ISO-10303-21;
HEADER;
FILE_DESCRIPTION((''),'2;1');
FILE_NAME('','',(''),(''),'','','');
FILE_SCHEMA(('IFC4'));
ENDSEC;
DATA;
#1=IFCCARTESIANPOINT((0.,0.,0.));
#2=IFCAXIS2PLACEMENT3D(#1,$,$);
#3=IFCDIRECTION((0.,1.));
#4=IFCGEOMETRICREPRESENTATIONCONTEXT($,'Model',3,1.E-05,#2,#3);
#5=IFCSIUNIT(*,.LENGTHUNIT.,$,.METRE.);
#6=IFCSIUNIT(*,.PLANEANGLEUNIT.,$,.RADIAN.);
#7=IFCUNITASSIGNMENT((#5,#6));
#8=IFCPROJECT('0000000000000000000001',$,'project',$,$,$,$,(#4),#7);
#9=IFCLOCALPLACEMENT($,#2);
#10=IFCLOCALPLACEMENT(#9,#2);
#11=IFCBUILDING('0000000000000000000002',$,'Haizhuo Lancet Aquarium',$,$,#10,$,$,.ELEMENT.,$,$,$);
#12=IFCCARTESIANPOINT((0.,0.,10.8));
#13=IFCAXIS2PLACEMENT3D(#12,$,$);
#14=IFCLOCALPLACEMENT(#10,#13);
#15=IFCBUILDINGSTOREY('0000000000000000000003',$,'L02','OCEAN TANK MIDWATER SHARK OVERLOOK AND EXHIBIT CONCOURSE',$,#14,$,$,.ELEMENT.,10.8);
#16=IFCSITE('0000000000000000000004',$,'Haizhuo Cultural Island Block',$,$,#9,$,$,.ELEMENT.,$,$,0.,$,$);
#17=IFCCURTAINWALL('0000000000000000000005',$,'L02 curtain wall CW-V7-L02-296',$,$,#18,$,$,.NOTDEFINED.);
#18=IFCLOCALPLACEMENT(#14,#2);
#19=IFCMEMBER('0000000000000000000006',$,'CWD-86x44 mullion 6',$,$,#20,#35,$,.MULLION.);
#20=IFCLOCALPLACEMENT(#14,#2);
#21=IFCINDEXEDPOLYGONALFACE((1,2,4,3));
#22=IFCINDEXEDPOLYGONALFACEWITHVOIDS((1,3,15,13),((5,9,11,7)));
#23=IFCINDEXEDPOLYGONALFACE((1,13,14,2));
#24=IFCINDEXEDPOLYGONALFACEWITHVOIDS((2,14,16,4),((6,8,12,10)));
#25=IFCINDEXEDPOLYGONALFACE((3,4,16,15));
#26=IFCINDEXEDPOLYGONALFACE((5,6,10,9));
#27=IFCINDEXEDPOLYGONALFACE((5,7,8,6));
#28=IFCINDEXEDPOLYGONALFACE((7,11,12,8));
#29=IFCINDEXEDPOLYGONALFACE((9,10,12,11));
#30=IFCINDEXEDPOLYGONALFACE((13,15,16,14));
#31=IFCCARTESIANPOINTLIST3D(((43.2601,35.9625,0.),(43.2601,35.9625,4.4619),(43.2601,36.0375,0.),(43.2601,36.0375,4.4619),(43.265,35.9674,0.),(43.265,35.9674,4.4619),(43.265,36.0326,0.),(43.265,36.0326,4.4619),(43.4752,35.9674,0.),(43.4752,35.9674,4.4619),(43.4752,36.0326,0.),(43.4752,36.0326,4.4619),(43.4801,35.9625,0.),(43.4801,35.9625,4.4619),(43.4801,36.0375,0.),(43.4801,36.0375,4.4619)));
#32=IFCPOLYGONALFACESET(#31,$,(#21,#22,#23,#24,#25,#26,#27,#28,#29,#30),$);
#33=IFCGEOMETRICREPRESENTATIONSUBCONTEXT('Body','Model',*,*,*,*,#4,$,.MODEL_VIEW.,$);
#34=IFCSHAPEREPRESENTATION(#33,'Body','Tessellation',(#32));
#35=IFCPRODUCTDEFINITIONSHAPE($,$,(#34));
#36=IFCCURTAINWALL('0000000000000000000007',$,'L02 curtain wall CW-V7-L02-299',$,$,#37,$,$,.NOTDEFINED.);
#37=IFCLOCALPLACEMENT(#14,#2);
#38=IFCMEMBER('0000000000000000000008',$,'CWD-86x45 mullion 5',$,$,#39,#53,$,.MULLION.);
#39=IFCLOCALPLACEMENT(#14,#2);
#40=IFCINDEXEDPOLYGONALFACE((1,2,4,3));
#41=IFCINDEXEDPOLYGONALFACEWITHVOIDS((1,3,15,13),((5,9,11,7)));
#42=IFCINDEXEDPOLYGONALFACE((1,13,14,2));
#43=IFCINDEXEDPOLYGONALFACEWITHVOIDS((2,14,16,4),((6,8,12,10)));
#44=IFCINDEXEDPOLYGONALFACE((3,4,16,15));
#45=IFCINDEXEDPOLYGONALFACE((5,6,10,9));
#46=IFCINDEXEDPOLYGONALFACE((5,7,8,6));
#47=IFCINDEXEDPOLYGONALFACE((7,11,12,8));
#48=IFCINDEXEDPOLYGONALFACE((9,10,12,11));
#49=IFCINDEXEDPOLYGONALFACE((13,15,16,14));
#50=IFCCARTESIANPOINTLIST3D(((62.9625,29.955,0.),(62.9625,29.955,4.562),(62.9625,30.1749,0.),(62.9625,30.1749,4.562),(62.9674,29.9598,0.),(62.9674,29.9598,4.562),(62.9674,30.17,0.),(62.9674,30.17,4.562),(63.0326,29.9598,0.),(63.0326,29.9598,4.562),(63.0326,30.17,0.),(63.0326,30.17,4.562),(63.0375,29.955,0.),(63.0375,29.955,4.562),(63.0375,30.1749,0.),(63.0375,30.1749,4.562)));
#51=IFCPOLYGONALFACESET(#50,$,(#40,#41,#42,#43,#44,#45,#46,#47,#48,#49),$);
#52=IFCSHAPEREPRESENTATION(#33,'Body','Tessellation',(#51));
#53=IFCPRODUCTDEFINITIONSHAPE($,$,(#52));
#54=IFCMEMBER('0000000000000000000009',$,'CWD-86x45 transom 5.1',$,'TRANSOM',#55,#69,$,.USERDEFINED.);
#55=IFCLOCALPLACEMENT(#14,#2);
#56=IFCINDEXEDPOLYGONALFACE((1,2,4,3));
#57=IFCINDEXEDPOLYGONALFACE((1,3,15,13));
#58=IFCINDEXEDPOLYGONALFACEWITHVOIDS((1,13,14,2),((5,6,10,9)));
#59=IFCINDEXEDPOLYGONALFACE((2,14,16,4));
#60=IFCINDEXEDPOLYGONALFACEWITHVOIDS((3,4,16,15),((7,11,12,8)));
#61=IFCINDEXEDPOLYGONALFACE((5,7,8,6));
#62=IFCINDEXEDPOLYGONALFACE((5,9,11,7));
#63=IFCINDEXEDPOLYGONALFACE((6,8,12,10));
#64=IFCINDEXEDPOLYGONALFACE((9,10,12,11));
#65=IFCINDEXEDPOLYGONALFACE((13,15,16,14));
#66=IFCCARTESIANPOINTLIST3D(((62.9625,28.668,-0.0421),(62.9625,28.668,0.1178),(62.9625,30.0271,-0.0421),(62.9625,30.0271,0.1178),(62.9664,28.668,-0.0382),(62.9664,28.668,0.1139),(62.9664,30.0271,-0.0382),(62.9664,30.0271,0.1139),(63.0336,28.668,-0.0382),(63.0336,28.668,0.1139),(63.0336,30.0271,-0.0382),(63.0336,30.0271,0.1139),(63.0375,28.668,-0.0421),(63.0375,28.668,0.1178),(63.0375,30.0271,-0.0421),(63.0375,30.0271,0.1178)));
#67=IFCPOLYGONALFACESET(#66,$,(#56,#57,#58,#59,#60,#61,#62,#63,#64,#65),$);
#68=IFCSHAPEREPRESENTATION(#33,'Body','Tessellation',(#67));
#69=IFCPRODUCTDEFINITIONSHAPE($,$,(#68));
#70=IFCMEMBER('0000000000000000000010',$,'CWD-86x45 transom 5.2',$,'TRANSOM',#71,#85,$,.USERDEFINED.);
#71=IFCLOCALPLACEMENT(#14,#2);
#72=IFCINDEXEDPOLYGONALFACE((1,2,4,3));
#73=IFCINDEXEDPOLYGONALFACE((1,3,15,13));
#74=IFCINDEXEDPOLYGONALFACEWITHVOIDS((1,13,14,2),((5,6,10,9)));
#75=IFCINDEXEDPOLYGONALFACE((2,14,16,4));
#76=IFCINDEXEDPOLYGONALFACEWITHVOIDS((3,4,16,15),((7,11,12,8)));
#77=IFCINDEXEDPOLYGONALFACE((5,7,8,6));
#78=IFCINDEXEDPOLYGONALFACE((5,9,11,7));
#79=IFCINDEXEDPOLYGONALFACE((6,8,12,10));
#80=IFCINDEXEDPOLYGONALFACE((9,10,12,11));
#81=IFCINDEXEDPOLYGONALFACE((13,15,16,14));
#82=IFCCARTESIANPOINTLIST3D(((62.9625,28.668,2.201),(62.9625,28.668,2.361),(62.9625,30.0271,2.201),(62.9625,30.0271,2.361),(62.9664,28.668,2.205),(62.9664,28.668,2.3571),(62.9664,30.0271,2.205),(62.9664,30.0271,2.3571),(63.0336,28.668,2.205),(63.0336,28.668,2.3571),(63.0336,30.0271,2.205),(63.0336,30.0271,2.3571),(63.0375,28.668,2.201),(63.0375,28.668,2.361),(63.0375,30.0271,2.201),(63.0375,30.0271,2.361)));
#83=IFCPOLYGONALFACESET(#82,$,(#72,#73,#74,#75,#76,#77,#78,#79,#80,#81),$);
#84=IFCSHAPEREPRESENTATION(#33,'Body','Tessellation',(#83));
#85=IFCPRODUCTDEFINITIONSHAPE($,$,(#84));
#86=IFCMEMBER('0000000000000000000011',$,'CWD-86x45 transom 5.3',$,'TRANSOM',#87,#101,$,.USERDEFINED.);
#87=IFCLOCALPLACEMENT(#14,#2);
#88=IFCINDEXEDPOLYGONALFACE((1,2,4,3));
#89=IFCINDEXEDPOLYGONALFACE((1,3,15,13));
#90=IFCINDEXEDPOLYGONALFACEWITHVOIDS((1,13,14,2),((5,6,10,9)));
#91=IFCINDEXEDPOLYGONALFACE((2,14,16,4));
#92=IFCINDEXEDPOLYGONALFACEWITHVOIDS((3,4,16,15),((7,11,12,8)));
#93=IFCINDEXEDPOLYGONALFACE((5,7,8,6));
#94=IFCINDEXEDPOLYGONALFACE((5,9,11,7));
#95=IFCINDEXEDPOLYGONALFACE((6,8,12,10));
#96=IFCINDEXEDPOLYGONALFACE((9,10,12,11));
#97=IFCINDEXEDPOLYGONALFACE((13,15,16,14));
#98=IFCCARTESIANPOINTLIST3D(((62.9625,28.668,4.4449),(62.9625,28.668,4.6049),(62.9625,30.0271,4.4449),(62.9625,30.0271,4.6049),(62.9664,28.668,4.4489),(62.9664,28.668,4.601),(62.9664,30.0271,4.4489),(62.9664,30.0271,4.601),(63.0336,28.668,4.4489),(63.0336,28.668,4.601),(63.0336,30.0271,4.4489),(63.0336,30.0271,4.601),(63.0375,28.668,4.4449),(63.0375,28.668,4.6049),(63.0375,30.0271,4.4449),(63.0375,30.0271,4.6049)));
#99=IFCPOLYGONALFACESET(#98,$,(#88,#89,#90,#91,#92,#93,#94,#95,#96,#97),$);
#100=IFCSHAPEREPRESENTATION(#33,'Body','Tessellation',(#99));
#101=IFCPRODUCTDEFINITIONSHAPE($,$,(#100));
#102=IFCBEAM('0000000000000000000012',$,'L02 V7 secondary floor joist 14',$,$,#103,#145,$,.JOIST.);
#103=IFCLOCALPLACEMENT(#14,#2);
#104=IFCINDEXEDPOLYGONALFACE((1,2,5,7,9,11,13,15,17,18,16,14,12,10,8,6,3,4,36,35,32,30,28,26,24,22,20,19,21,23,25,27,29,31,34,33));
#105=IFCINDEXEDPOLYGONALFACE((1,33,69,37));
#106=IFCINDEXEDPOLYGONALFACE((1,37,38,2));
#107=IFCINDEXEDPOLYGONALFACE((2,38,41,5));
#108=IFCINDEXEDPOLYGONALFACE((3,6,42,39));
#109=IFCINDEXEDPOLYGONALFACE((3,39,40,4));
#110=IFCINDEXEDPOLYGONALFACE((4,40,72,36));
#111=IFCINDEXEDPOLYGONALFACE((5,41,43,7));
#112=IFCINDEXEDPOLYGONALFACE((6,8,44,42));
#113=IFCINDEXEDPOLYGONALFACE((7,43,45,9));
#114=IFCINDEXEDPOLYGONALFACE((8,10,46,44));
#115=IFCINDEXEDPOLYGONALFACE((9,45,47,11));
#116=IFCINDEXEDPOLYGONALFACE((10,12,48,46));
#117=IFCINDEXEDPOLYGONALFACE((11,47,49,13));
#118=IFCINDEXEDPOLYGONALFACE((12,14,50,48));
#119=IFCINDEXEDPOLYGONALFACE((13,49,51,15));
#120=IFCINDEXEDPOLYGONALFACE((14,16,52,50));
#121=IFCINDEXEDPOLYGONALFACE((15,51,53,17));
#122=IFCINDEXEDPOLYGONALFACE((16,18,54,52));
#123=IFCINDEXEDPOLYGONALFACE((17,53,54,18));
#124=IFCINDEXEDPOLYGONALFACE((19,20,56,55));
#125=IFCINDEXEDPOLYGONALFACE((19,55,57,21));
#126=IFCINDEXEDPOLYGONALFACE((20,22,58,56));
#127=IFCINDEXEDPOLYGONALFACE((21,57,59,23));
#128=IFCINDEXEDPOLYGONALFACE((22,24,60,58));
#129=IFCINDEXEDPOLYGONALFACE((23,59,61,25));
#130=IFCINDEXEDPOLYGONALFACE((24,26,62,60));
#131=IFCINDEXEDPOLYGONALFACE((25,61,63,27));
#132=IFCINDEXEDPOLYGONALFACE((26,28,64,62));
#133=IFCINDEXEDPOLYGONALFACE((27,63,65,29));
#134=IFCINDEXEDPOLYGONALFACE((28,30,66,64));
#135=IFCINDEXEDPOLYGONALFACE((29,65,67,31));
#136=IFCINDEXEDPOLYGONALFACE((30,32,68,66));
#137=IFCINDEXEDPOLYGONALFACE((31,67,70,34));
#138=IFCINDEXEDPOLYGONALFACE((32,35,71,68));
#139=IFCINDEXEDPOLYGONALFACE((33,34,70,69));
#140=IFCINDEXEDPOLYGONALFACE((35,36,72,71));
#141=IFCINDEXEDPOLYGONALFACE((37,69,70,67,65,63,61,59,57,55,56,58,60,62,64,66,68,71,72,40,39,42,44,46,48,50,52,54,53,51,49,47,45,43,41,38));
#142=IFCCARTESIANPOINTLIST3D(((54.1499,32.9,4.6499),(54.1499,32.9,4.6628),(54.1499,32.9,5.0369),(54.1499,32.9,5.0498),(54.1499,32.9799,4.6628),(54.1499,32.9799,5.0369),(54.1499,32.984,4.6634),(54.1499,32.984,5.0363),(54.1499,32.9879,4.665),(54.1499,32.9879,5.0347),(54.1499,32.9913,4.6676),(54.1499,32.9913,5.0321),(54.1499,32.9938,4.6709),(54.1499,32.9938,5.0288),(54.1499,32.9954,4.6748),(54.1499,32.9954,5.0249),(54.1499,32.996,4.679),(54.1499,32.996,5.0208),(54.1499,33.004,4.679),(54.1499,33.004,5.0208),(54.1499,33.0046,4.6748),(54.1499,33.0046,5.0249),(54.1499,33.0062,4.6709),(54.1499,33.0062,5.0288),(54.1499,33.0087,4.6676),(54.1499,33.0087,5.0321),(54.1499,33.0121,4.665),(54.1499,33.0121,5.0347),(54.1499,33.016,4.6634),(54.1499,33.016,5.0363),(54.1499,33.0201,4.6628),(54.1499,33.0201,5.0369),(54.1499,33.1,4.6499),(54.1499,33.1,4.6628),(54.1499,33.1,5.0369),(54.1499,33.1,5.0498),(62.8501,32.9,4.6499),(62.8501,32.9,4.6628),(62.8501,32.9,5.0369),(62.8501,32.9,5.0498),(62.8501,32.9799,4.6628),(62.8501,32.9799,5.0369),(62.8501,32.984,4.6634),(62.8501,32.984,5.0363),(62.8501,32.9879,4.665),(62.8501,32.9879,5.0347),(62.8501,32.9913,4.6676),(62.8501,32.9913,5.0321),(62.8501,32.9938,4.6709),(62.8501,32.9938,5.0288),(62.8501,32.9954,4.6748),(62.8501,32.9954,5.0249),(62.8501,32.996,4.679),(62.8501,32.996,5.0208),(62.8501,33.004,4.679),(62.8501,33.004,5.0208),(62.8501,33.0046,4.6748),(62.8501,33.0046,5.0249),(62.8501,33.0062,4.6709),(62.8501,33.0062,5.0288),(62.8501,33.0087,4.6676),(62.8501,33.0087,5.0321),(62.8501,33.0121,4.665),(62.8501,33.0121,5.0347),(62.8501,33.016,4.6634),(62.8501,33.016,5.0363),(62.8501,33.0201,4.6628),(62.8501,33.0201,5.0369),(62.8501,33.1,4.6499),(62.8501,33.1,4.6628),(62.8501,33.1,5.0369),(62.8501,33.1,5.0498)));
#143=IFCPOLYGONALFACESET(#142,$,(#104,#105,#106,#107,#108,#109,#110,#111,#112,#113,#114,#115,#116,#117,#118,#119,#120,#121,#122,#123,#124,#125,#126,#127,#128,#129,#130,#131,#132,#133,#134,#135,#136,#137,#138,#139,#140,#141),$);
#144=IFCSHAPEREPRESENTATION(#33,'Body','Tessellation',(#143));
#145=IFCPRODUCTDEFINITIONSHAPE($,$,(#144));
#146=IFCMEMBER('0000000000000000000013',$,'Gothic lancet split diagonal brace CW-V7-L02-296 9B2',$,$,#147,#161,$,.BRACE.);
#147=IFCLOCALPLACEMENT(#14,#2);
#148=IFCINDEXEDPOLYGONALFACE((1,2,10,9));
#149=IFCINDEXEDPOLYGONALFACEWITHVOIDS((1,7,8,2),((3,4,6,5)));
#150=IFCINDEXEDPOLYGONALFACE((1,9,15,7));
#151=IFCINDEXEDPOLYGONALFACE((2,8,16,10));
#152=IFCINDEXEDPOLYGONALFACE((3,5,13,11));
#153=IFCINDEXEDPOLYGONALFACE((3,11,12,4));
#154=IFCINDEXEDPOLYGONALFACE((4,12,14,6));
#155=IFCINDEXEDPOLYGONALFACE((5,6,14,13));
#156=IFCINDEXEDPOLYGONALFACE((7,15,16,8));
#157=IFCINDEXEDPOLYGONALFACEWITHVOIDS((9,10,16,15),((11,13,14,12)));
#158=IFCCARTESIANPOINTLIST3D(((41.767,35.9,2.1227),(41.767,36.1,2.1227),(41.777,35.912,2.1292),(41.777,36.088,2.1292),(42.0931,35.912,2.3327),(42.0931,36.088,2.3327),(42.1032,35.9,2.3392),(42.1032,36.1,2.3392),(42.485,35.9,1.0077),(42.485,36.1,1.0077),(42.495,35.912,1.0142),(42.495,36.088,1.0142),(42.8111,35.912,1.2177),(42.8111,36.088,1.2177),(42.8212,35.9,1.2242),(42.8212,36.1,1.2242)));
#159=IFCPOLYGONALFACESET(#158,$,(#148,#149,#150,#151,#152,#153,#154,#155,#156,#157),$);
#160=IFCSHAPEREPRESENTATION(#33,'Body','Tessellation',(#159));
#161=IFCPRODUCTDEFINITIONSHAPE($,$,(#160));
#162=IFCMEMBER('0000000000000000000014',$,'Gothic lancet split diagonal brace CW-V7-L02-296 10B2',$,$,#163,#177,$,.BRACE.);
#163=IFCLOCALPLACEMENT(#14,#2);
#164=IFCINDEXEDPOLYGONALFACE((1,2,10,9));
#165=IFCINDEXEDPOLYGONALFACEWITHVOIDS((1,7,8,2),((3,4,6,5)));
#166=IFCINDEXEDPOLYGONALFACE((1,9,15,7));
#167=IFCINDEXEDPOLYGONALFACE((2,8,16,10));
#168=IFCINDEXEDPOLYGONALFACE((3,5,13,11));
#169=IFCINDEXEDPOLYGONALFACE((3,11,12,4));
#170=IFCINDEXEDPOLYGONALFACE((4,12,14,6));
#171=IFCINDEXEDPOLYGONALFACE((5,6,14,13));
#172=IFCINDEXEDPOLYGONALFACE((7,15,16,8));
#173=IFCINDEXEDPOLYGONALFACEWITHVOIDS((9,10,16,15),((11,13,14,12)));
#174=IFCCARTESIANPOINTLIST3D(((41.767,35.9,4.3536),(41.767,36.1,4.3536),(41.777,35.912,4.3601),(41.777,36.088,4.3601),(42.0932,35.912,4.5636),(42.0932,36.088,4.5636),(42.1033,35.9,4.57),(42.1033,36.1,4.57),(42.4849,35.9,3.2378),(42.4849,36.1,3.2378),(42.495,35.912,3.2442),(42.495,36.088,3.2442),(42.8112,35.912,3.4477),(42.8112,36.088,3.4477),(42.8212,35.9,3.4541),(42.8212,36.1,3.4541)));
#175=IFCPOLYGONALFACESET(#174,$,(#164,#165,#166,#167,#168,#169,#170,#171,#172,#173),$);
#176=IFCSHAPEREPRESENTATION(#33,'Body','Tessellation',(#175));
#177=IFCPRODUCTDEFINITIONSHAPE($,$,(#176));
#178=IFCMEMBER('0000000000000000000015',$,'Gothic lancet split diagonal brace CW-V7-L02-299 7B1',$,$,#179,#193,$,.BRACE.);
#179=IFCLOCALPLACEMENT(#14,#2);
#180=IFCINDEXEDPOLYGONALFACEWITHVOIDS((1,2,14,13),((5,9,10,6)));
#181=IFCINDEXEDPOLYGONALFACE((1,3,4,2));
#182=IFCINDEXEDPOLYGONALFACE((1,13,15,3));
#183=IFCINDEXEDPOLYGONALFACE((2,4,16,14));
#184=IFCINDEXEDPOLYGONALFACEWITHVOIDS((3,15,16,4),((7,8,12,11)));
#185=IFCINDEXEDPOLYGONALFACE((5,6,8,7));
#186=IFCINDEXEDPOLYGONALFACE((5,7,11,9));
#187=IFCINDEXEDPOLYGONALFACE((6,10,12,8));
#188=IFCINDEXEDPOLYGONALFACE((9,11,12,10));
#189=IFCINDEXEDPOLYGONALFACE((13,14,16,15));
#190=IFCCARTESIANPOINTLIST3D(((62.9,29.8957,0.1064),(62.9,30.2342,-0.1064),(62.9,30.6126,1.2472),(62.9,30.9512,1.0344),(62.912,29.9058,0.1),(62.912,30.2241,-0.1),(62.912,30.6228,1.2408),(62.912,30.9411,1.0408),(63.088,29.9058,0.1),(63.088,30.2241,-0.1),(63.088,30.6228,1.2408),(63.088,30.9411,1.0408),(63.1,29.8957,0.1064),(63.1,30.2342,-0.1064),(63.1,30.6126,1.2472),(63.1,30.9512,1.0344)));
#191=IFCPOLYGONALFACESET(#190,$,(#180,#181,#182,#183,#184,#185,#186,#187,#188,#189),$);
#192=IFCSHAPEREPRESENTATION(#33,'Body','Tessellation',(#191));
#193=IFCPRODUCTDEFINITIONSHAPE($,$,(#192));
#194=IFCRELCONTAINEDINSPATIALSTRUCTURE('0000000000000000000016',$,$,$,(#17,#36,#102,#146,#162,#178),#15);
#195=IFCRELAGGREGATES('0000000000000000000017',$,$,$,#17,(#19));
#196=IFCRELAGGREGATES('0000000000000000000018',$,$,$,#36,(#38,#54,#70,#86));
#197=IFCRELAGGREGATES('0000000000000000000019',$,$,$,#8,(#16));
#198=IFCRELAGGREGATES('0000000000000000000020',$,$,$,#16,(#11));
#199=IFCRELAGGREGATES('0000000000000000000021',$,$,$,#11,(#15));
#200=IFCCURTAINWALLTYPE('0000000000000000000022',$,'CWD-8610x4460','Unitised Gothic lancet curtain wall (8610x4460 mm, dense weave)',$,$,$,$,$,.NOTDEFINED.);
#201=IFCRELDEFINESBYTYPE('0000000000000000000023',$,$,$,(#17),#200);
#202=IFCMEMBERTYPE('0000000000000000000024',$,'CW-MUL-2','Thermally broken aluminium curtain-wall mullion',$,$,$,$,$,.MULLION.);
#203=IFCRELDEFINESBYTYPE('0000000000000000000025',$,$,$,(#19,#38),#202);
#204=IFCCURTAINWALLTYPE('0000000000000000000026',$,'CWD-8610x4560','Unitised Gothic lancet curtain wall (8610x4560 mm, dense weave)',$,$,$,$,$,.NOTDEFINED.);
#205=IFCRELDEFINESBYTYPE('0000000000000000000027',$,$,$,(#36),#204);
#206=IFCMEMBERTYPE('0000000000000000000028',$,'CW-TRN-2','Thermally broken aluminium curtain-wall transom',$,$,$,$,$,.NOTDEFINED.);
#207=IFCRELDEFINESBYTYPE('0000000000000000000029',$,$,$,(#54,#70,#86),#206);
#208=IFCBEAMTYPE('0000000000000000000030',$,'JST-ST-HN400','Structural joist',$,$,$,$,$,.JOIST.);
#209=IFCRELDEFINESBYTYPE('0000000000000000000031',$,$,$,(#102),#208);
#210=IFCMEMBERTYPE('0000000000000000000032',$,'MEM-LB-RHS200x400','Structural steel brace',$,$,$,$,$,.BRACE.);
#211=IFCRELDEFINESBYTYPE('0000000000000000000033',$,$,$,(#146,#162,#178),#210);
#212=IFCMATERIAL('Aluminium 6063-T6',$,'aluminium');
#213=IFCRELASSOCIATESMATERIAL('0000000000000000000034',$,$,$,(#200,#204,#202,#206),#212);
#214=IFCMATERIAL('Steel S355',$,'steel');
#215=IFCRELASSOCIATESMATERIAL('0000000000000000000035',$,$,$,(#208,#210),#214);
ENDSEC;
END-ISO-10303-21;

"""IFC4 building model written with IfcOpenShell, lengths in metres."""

from ifc_helpers import new_model, si_unit, direction, frame, origin, origin_2d, place, context, subcontext, project, spatial, hollow_rectangle, i_section, extrude, material, material_profile, profile_set, type_object, element, aggregate, save


model = new_model("IFC4")

# Units and contexts
model_context = context("Model", 3, precision=1e-05, world=origin(), true_north=direction((0.0, 1.0)))
body_context = subcontext(model_context, "Body", "Model", "MODEL_VIEW")
ifc_project = project(units=[si_unit("LENGTHUNIT", "METRE"), si_unit("PLANEANGLEUNIT", "RADIAN")], contexts=[model_context])

# Site, building, storey
site_placement = place(None, origin())
site = spatial("IfcSite", under=ifc_project, at=site_placement, Name="Haizhuo Cultural Island Block", CompositionType="ELEMENT", RefElevation=0.0)
building_placement = place(site_placement, origin())
building = spatial("IfcBuilding", under=site, at=building_placement, Name="Haizhuo Lancet Aquarium", CompositionType="ELEMENT")
storey_placement = place(building_placement, frame((0.0, 0.0, 10.8)))
storey = spatial("IfcBuildingStorey", under=building, at=storey_placement, Name="L02", Description="OCEAN TANK MIDWATER SHARK OVERLOOK AND EXHIBIT CONCOURSE", CompositionType="ELEMENT", Elevation=10.8)

# Curtain wall, member
ifc_material_1 = material(Name="Aluminium 6063-T6", Category="aluminium")
curtain_wall_type_1 = type_object("IfcCurtainWallType", Name="CWD-8610x4460", Description="Unitised Gothic lancet curtain wall (8610x4460 mm, dense weave)", PredefinedType="NOTDEFINED", material=ifc_material_1)
curtain_wall_1_placement = place(storey_placement, origin())
curtain_wall_1 = element("IfcCurtainWall", 1, at=curtain_wall_1_placement, inside=storey, type_object=curtain_wall_type_1, Name="L02 curtain wall CW-V7-L02-296", PredefinedType="NOTDEFINED")
ifc_material_profile_1 = material_profile(ifc_material_1, hollow_rectangle(XDim=0.075, YDim=0.22, WallThickness=0.0049, at=origin_2d()), Name="ALU-M 75x220x5")
ifc_profile_set_1 = profile_set([ifc_material_profile_1], Name="Aluminium 6063-T6")
member_type_1 = type_object("IfcMemberType", Name="CW-MUL-2", Description="Thermally broken aluminium curtain-wall mullion", PredefinedType="MULLION", material=ifc_profile_set_1)
member_1_placement = place(storey_placement, frame((43.3701, 36.0, 0.0), z_axis=(0.0, 0.0, 1.0), x_axis=(0.0, 1.0, 0.0)))
member_1 = element("IfcMember", 2, at=member_1_placement, type_object=member_type_1, Name="CWD-86x44 mullion 6", PredefinedType="MULLION", context=body_context, shape_type="SweptSolid", body=[
    extrude(hollow_rectangle(XDim=0.075, YDim=0.22, WallThickness=0.0049, at=origin_2d()), origin(), (0.0, 0.0, 1.0), 4.4619),
])
aggregate(curtain_wall_1, [member_1])

# Curtain wall, members
curtain_wall_type_2 = type_object("IfcCurtainWallType", Name="CWD-8610x4560", Description="Unitised Gothic lancet curtain wall (8610x4560 mm, dense weave)", PredefinedType="NOTDEFINED", material=ifc_material_1)
curtain_wall_2_placement = place(storey_placement, origin())
curtain_wall_2 = element("IfcCurtainWall", 3, at=curtain_wall_2_placement, inside=storey, type_object=curtain_wall_type_2, Name="L02 curtain wall CW-V7-L02-299", PredefinedType="NOTDEFINED")
member_2_placement = place(storey_placement, frame((63.0, 30.0649, 0.0), z_axis=(0.0, 0.0, 1.0), x_axis=(1.0, 0.0, 0.0)))
member_2 = element("IfcMember", 4, at=member_2_placement, type_object=member_type_1, Name="CWD-86x45 mullion 5", PredefinedType="MULLION", context=body_context, shape_type="SweptSolid", body=[
    extrude(hollow_rectangle(XDim=0.075, YDim=0.22, WallThickness=0.0049, at=origin_2d()), origin(), (0.0, 0.0, 1.0), 4.562),
])
ifc_material_profile_2 = material_profile(ifc_material_1, hollow_rectangle(XDim=0.075, YDim=0.1599, WallThickness=0.0039, at=origin_2d()), Name="ALU-T 75x160x4")
ifc_profile_set_2 = profile_set([ifc_material_profile_2], Name="Aluminium 6063-T6")
member_type_2 = type_object("IfcMemberType", Name="CW-TRN-2", Description="Thermally broken aluminium curtain-wall transom", PredefinedType="NOTDEFINED", material=ifc_profile_set_2)
member_3_placement = place(storey_placement, frame((63.0, 30.0271, 0.0378), z_axis=(0.0, -1.0, 0.0), x_axis=(1.0, 0.0, 0.0)))
member_3 = element("IfcMember", 5, at=member_3_placement, type_object=member_type_2, Name="CWD-86x45 transom 5.1", ObjectType="TRANSOM", PredefinedType="USERDEFINED", context=body_context, shape_type="SweptSolid", body=[
    extrude(hollow_rectangle(XDim=0.075, YDim=0.1599, WallThickness=0.0039, at=origin_2d()), origin(), (0.0, 0.0, 1.0), 1.3591),
])
member_4_placement = place(storey_placement, frame((63.0, 30.0271, 2.281), z_axis=(0.0, -1.0, 0.0), x_axis=(1.0, 0.0, 0.0)))
member_4 = element("IfcMember", 6, at=member_4_placement, type_object=member_type_2, Name="CWD-86x45 transom 5.2", ObjectType="TRANSOM", PredefinedType="USERDEFINED", context=body_context, shape_type="SweptSolid", body=[
    extrude(hollow_rectangle(XDim=0.075, YDim=0.1599, WallThickness=0.0039, at=origin_2d()), origin(), (0.0, 0.0, 1.0), 1.3591),
])
member_5_placement = place(storey_placement, frame((63.0, 30.0271, 4.5249), z_axis=(0.0, -1.0, 0.0), x_axis=(1.0, 0.0, 0.0)))
member_5 = element("IfcMember", 7, at=member_5_placement, type_object=member_type_2, Name="CWD-86x45 transom 5.3", ObjectType="TRANSOM", PredefinedType="USERDEFINED", context=body_context, shape_type="SweptSolid", body=[
    extrude(hollow_rectangle(XDim=0.075, YDim=0.1599, WallThickness=0.0039, at=origin_2d()), origin(), (0.0, 0.0, 1.0), 1.3591),
])

# Beam
ifc_material_2 = material(Name="Steel S355", Category="steel")
ifc_material_profile_3 = material_profile(ifc_material_2, i_section(OverallWidth=0.2, OverallDepth=0.3999, WebThickness=0.0081, FlangeThickness=0.0129, FilletRadius=0.0161, at=origin_2d()), Name="HN 400x200x8x13")
ifc_profile_set_3 = profile_set([ifc_material_profile_3], Name="Steel S355")
beam_type = type_object("IfcBeamType", Name="JST-ST-HN400", Description="Structural joist", PredefinedType="JOIST", material=ifc_profile_set_3)
beam_placement = place(storey_placement, frame((54.1499, 33.0, 4.8499), z_axis=(1.0, 0.0, 0.0), x_axis=(0.0, 1.0, 0.0)))
element("IfcBeam", 8, at=beam_placement, inside=storey, type_object=beam_type, Name="L02 V7 secondary floor joist 14", PredefinedType="JOIST", context=body_context, shape_type="SweptSolid", body=[
    extrude(i_section(OverallWidth=0.2, OverallDepth=0.3999, WebThickness=0.0081, FlangeThickness=0.0129, FilletRadius=0.0161, at=origin_2d()), origin(), (0.0, 0.0, 1.0), 8.7002),
])

# Members
ifc_material_profile_4 = material_profile(ifc_material_2, hollow_rectangle(XDim=0.2, YDim=0.3999, WallThickness=0.012, at=origin_2d()), Name="RHS 200x400x12")
ifc_profile_set_4 = profile_set([ifc_material_profile_4], Name="Steel S355")
member_type_3 = type_object("IfcMemberType", Name="MEM-LB-RHS200x400", Description="Structural steel brace", PredefinedType="BRACE", material=ifc_profile_set_4)
member_6_placement = place(storey_placement, frame((42.6531, 36.0, 1.116), z_axis=(-0.541418, 0.0, 0.840754), x_axis=(0.0, -1.0, 0.0)))
element("IfcMember", 9, at=member_6_placement, inside=storey, type_object=member_type_3, Name="Gothic lancet split diagonal brace CW-V7-L02-296 9B2", PredefinedType="BRACE", context=body_context, shape_type="SweptSolid", body=[
    extrude(hollow_rectangle(XDim=0.2, YDim=0.3999, WallThickness=0.012, at=origin_2d()), origin(), (0.0, 0.0, 1.0), 1.3262),
])
member_7_placement = place(storey_placement, frame((42.6531, 36.0, 3.3459), z_axis=(-0.541083, 0.0, 0.840969), x_axis=(0.0, -1.0, 0.0)))
element("IfcMember", 10, at=member_7_placement, inside=storey, type_object=member_type_3, Name="Gothic lancet split diagonal brace CW-V7-L02-296 10B2", PredefinedType="BRACE", context=body_context, shape_type="SweptSolid", body=[
    extrude(hollow_rectangle(XDim=0.2, YDim=0.3999, WallThickness=0.012, at=origin_2d()), origin(), (0.0, 0.0, 1.0), 1.3269),
])
for number, where, z_axis, x_axis, name in (
    (11, (63.0, 30.0649, 0.0), (0.0, 0.532131, 0.846662), (-1.0, 0.0, 0.0), "Gothic lancet split diagonal brace CW-V7-L02-299 7B1"),
):
    element("IfcMember", number, at=place(storey_placement, frame(where, z_axis=z_axis, x_axis=x_axis)), inside=storey, type_object=member_type_3, Name=name, PredefinedType="BRACE", context=body_context, shape_type="SweptSolid", body=[
        extrude(hollow_rectangle(XDim=0.2, YDim=0.3999, WallThickness=0.012, at=origin_2d()), origin(), (0.0, 0.0, 1.0), 1.3474),
    ])

aggregate(curtain_wall_2, [member_2, member_3, member_4, member_5])

save(model, "model.ifc")
